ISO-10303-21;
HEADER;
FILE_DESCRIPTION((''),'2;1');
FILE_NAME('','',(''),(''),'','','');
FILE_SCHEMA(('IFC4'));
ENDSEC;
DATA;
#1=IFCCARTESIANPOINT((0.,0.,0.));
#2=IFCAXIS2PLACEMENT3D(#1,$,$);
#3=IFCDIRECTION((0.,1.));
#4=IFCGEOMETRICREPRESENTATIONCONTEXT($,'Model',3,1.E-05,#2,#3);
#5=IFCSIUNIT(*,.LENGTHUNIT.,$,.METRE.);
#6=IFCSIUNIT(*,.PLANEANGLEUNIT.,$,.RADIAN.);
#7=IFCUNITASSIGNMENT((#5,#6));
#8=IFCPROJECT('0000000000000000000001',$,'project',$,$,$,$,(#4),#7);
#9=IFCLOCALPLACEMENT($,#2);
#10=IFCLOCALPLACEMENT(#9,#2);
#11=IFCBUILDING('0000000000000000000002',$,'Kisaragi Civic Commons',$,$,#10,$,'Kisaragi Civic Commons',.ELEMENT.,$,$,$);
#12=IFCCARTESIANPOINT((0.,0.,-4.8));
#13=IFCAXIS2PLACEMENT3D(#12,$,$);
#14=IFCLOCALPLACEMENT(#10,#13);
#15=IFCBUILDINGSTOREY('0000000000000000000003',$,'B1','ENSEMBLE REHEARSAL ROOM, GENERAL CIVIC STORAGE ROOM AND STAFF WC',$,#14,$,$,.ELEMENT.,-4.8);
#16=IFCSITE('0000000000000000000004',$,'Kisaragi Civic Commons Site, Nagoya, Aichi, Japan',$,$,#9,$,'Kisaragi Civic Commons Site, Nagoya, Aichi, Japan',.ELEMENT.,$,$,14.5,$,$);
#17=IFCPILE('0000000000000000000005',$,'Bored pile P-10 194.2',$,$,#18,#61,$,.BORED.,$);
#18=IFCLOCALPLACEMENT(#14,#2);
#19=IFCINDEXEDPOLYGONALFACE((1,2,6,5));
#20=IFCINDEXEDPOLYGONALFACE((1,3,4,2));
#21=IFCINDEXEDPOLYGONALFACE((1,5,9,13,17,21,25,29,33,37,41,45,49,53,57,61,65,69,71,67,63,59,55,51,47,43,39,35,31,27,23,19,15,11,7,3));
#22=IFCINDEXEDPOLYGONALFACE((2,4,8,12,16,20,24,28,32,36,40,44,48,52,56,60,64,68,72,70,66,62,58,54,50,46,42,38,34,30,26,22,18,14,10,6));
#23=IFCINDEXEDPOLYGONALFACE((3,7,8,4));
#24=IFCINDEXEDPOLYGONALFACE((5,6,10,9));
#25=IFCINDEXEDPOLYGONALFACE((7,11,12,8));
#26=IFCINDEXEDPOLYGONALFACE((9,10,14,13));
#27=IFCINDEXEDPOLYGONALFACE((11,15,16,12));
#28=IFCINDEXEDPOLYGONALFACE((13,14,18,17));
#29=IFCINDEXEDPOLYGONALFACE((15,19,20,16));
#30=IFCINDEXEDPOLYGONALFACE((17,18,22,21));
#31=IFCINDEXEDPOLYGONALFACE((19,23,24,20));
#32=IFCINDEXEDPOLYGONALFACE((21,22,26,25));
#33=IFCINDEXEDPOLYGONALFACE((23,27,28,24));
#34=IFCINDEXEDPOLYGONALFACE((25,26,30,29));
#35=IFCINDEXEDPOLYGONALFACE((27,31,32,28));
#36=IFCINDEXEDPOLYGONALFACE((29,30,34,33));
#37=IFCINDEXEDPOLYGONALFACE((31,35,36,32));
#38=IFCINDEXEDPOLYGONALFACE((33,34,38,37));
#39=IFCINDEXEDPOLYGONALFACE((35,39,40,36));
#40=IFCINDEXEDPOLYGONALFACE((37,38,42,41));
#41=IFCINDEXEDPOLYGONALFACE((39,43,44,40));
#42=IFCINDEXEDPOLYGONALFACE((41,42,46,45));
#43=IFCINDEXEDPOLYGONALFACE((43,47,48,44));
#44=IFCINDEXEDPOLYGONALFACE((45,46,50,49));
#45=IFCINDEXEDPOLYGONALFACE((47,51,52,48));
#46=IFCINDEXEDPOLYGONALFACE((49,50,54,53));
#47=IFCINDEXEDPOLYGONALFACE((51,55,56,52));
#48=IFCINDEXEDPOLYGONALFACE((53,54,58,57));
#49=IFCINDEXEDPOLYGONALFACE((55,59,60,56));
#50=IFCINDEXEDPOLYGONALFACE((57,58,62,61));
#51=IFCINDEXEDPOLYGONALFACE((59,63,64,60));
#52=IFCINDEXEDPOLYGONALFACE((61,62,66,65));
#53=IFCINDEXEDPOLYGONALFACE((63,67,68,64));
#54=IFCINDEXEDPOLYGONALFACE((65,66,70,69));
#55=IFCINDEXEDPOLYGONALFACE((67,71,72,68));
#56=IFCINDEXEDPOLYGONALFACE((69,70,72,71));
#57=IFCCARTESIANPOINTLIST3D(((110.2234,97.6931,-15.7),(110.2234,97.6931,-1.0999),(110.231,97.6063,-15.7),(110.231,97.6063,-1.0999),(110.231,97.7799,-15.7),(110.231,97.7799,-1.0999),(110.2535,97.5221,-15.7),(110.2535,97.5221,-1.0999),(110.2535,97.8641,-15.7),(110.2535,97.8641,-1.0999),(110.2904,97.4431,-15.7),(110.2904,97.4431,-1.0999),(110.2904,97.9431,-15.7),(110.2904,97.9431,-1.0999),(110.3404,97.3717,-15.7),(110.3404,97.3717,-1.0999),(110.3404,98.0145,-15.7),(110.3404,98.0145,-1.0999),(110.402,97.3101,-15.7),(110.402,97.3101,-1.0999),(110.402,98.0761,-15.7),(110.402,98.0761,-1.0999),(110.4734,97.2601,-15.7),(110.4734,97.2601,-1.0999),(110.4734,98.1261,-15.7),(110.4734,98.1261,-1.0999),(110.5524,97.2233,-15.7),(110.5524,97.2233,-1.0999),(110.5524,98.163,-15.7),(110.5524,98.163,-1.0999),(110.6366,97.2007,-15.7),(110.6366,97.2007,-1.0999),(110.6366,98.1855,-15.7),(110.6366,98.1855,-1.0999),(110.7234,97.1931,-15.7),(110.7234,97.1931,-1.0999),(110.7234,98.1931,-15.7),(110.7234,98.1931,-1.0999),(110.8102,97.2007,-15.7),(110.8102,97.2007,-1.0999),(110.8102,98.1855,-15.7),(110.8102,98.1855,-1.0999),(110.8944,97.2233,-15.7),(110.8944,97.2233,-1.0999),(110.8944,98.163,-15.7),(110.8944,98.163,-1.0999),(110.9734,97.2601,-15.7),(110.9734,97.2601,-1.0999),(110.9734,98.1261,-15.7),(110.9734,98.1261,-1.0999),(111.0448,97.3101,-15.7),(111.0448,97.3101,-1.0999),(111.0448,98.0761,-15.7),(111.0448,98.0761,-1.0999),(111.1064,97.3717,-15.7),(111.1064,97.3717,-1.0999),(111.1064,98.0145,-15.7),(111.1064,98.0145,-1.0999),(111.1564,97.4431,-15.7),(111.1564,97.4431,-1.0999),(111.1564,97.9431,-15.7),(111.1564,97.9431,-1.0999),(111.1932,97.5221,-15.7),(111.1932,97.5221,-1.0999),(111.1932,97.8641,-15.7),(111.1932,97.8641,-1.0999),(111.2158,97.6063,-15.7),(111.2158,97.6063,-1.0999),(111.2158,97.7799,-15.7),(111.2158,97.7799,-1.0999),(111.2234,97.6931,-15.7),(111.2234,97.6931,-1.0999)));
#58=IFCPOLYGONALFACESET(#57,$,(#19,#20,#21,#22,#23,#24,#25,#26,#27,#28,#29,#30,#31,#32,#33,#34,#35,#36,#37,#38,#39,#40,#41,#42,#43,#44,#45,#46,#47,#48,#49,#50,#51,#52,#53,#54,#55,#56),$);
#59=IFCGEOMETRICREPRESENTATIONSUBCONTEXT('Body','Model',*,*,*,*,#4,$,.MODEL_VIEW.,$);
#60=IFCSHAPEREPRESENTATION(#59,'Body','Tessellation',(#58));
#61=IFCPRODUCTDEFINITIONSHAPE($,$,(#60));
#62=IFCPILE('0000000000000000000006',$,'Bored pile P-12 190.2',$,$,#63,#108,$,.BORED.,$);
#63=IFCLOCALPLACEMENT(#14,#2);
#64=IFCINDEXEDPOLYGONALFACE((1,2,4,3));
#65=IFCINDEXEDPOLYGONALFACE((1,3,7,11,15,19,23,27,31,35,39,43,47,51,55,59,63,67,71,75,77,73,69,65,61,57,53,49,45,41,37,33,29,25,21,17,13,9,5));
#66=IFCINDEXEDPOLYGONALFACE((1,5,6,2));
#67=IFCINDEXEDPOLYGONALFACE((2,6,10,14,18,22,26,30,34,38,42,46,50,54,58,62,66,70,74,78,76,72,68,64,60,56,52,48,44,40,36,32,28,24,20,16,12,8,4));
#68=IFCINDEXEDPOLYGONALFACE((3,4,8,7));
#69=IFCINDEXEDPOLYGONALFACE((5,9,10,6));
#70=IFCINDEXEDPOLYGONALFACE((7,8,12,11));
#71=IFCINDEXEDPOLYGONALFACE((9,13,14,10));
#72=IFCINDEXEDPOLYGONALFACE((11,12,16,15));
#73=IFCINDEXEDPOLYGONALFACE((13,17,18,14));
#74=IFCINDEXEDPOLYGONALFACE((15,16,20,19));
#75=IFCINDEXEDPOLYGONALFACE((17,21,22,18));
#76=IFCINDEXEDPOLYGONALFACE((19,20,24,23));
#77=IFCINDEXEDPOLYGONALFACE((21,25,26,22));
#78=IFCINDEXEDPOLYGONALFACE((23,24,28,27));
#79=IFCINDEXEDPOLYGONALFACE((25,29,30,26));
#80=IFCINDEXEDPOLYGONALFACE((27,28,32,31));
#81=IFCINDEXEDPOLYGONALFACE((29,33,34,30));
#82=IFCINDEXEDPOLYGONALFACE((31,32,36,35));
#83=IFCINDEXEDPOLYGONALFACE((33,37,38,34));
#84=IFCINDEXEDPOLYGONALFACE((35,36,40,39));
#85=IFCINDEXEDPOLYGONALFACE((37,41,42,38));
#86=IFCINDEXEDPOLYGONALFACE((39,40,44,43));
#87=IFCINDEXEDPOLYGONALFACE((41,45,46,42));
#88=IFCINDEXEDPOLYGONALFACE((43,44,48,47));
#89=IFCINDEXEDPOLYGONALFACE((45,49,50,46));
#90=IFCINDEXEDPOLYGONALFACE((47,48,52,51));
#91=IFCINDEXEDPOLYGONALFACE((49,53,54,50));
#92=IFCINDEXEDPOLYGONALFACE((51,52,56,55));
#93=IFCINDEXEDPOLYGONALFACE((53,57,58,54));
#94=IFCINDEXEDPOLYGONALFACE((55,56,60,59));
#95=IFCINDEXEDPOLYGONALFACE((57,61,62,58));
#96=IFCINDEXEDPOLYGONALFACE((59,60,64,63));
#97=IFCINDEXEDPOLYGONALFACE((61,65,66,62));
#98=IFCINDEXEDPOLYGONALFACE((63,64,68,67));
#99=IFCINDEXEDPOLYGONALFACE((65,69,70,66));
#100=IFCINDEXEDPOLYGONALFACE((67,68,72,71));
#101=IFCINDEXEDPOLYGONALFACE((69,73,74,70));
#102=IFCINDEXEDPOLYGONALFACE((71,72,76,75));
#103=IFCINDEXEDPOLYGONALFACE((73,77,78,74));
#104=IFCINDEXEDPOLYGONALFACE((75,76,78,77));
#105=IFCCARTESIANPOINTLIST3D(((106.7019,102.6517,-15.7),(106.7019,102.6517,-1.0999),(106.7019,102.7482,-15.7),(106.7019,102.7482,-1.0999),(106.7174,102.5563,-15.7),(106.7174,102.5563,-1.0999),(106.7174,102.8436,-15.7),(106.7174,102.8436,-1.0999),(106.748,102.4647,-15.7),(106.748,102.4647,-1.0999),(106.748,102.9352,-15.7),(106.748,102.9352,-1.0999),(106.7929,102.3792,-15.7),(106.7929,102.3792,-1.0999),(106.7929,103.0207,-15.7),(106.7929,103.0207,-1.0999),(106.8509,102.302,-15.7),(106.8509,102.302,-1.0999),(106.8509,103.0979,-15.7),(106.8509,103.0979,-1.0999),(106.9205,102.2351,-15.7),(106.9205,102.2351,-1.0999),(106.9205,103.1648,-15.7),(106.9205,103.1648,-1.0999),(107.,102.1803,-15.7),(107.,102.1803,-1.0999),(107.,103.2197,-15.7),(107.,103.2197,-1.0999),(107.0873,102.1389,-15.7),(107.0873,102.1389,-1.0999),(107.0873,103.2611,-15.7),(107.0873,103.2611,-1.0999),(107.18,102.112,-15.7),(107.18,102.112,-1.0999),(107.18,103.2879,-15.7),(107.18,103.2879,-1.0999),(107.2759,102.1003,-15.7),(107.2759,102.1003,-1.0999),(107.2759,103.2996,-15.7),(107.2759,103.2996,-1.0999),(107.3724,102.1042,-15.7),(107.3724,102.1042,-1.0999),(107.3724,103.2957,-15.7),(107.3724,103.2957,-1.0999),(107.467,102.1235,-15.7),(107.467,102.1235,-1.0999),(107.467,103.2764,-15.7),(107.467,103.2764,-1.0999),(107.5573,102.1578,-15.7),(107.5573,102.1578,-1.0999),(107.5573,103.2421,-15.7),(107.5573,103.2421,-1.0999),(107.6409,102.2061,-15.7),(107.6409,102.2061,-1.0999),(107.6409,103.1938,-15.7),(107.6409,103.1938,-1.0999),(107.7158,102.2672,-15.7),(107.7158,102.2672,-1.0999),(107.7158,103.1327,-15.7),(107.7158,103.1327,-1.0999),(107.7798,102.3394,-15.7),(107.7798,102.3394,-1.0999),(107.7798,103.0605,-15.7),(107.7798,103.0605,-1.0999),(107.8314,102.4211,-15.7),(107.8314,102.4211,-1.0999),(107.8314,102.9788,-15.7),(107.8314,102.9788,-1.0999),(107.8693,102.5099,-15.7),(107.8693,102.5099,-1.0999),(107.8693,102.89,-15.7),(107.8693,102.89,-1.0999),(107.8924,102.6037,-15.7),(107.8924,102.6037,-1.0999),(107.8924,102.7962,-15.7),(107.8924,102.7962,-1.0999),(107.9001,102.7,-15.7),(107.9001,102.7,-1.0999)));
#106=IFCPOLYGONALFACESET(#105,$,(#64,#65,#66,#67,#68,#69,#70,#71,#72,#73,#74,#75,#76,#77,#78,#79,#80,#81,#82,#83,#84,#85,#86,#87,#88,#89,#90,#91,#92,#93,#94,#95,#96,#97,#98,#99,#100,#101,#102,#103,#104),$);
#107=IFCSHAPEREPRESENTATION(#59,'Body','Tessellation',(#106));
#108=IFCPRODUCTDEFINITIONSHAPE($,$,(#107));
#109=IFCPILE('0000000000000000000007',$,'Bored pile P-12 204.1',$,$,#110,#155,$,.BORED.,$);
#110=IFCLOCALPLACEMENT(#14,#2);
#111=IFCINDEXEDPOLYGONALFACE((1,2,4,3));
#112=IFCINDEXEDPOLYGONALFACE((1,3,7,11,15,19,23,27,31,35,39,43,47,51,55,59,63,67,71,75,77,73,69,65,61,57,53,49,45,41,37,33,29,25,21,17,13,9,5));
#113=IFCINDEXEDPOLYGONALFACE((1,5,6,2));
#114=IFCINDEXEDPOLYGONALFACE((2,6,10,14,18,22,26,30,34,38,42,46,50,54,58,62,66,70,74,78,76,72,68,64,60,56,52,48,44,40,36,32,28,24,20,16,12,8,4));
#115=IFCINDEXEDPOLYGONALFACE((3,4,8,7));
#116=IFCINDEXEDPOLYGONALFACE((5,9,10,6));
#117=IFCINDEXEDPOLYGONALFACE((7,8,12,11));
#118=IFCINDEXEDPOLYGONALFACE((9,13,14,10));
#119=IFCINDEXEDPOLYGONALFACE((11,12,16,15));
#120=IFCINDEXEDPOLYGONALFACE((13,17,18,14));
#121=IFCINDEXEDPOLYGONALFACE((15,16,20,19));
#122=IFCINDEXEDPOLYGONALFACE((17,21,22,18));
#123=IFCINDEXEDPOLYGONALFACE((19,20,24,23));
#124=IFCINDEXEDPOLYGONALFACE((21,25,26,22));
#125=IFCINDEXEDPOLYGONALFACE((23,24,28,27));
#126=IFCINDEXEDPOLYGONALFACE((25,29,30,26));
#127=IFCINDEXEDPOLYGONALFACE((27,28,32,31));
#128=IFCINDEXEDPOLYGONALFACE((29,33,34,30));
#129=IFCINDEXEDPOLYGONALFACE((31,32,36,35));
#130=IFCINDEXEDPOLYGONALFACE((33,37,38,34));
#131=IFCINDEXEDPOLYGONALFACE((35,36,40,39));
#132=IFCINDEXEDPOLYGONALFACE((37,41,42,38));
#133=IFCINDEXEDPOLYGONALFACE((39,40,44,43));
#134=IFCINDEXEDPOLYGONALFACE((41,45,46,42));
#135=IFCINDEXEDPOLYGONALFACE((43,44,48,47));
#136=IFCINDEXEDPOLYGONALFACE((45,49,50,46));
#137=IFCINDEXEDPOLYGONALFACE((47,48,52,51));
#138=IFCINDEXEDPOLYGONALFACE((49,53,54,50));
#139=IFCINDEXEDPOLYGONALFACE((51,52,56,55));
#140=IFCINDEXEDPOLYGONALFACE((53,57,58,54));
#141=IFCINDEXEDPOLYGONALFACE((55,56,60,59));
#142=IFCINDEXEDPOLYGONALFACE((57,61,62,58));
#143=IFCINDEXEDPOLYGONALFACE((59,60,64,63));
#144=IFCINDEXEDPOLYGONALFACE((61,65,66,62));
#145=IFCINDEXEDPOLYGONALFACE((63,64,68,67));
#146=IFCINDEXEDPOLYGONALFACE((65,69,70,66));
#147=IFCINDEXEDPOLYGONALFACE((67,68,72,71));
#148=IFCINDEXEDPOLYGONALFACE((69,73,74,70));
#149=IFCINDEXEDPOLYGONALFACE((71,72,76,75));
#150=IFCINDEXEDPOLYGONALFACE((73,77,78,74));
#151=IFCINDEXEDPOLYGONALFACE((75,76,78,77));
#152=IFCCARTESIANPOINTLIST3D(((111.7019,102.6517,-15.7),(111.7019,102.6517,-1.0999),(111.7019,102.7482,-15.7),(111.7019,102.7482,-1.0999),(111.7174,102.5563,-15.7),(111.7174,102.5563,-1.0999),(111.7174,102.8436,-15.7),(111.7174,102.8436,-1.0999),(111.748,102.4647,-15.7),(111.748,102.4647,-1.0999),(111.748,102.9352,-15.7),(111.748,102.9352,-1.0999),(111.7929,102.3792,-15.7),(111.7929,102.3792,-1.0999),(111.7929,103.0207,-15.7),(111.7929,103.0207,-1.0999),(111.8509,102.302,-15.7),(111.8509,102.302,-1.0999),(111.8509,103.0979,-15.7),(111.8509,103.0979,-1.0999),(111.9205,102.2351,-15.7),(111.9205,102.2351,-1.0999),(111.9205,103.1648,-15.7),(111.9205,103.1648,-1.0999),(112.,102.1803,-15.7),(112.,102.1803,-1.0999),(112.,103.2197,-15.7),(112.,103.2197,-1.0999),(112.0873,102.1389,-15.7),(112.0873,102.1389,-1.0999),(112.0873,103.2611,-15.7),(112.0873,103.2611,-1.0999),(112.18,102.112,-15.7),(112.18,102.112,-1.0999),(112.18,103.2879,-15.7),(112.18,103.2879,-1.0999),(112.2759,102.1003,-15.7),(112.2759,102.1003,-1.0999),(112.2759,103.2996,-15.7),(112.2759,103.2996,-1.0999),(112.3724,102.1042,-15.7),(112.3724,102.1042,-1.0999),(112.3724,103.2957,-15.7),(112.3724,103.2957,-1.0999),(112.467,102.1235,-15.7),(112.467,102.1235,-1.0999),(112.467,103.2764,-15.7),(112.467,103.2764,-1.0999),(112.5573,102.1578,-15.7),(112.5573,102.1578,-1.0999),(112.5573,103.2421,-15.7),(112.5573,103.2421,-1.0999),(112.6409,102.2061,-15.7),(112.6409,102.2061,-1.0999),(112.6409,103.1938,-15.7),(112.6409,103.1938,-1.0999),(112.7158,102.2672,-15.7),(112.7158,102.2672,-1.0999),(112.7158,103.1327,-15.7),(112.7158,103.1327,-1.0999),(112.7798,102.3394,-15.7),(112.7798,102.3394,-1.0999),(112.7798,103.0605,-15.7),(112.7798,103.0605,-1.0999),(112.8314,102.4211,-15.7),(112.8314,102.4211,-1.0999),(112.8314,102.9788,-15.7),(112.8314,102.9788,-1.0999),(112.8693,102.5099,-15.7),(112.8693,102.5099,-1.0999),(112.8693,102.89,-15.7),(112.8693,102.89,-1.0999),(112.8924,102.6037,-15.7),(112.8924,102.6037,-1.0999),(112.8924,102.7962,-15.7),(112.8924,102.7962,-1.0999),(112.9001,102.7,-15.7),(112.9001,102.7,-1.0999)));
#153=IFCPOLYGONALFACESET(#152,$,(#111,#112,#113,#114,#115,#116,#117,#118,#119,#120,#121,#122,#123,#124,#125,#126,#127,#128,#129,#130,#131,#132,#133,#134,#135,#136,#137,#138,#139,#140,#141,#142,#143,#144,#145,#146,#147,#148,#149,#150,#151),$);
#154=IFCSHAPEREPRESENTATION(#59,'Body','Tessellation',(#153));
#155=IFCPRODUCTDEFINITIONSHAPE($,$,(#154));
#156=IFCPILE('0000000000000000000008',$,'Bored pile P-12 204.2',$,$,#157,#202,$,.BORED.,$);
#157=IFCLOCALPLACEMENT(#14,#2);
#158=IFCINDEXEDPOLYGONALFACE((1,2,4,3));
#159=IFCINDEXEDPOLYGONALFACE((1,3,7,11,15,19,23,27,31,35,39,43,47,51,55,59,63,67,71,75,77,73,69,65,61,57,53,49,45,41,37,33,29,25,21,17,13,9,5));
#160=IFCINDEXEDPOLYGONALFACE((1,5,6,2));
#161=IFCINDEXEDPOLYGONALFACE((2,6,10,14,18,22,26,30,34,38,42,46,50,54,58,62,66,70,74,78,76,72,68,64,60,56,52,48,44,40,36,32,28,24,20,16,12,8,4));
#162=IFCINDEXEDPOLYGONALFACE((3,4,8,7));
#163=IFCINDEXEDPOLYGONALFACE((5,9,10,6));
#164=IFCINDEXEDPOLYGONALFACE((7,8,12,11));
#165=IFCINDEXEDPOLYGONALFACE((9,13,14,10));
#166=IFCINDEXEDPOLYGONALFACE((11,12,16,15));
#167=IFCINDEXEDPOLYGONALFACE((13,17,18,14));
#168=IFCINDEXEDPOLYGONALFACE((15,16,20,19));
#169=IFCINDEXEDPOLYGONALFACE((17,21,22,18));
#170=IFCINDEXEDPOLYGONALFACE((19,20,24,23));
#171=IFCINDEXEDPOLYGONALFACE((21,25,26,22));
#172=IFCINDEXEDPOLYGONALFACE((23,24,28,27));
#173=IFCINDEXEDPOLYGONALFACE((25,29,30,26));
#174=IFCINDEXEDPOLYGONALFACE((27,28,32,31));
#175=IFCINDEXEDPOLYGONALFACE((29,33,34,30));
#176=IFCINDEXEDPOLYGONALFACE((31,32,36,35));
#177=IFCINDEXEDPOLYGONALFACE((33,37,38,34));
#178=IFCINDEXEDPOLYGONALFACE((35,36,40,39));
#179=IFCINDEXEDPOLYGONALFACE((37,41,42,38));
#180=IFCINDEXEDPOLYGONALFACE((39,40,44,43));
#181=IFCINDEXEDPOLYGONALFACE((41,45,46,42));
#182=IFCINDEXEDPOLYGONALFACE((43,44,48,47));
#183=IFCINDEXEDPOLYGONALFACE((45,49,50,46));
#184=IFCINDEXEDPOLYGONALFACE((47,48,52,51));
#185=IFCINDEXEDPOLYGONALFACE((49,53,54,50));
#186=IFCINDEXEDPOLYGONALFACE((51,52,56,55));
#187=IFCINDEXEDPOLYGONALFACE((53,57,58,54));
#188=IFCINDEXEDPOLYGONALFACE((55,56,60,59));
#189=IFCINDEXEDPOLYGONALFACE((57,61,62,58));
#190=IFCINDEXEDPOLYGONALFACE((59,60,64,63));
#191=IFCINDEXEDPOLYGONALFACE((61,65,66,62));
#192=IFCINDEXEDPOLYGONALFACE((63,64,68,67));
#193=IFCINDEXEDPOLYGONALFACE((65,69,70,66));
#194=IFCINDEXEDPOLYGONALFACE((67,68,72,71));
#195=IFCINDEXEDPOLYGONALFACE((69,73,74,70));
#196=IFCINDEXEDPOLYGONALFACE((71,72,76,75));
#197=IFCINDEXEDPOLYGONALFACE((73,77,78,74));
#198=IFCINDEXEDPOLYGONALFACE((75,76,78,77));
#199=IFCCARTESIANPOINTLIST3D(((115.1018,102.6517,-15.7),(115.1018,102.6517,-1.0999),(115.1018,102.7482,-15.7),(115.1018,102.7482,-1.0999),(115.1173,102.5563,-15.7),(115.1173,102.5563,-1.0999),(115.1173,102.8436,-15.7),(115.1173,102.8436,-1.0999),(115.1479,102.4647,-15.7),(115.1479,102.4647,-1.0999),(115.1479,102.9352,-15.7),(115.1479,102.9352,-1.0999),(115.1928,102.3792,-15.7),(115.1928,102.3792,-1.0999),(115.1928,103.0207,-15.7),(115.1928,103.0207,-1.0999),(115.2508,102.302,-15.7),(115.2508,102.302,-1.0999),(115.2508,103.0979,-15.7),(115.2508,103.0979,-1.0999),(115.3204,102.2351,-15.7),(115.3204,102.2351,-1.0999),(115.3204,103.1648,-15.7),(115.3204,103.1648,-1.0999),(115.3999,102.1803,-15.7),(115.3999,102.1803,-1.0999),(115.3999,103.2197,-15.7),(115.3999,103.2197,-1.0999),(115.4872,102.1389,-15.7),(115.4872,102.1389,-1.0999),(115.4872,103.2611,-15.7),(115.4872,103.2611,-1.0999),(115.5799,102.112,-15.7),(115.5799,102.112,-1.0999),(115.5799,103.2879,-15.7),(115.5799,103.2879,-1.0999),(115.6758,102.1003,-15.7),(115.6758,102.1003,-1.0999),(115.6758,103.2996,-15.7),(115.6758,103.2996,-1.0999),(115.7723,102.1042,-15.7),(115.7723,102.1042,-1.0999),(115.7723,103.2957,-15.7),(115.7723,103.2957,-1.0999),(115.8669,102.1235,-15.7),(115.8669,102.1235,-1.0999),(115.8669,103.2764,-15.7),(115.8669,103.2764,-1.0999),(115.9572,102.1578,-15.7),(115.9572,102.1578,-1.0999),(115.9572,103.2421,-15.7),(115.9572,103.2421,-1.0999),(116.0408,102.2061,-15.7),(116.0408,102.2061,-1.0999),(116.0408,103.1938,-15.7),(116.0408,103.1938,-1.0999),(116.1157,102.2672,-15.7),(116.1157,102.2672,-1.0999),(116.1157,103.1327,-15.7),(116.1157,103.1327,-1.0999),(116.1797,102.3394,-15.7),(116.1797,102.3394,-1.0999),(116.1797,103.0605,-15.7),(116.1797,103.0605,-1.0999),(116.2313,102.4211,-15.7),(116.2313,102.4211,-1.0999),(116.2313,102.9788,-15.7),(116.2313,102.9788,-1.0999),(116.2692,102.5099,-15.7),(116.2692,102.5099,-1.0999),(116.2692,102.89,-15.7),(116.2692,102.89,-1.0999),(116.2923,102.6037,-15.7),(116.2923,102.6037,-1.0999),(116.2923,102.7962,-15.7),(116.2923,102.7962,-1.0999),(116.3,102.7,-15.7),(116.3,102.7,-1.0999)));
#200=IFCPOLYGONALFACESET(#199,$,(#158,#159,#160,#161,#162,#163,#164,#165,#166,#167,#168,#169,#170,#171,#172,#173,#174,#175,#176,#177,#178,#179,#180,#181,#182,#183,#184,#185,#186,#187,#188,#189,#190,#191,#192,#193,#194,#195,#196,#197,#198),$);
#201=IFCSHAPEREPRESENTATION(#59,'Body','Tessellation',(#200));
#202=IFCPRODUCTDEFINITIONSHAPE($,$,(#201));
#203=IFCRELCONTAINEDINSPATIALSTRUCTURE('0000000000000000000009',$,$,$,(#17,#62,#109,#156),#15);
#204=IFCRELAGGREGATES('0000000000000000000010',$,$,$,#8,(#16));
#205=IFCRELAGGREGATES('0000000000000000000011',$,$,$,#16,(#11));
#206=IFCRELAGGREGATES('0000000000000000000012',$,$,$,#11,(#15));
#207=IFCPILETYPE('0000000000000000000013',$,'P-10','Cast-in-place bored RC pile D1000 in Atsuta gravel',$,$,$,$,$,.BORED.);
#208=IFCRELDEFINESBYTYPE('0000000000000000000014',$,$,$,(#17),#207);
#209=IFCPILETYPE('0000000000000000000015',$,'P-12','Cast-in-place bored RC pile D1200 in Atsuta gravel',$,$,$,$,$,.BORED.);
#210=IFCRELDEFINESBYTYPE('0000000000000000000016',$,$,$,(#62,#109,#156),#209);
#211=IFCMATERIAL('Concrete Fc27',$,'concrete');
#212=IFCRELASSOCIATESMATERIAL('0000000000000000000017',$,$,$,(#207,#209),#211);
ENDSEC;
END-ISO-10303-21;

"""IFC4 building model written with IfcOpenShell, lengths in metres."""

from ifc_helpers import new_model, si_unit, direction, frame, origin, origin_2d, place, context, subcontext, project, spatial, circle, extrude, material, material_profile, profile_set, type_object, element, save


model = new_model("IFC4")

# Units and contexts
model_context = context("Model", 3, precision=1e-05, world=origin(), true_north=direction((0.0, 1.0)))
body_context = subcontext(model_context, "Body", "Model", "MODEL_VIEW")
ifc_project = project(units=[si_unit("LENGTHUNIT", "METRE"), si_unit("PLANEANGLEUNIT", "RADIAN")], contexts=[model_context])

# Site, building, storey
site_placement = place(None, origin())
site = spatial("IfcSite", under=ifc_project, at=site_placement, Name="Kisaragi Civic Commons Site, Nagoya, Aichi, Japan", LongName="Kisaragi Civic Commons Site, Nagoya, Aichi, Japan", CompositionType="ELEMENT", RefElevation=14.5)
building_placement = place(site_placement, origin())
building = spatial("IfcBuilding", under=site, at=building_placement, Name="Kisaragi Civic Commons", LongName="Kisaragi Civic Commons", CompositionType="ELEMENT")
storey_placement = place(building_placement, frame((0.0, 0.0, -4.8)))
storey = spatial("IfcBuildingStorey", under=building, at=storey_placement, Name="B1", Description="ENSEMBLE REHEARSAL ROOM, GENERAL CIVIC STORAGE ROOM AND STAFF WC", CompositionType="ELEMENT", Elevation=-4.8)

# Shared definitions
ifc_material_1 = material(Name="Concrete Fc27", Category="concrete")

# Piles
ifc_material_profile_1 = material_profile(ifc_material_1, circle(Radius=0.5, at=origin_2d()), Name="PILE-D1000", Category="concrete")
ifc_profile_set_1 = profile_set([ifc_material_profile_1], Name="Concrete Fc27")
pile_type_1 = type_object("IfcPileType", Name="P-10", Description="Cast-in-place bored RC pile D1000 in Atsuta gravel", PredefinedType="BORED", material=ifc_profile_set_1)
for number, where, z_axis, x_axis, name in (
    (1, (110.7234, 97.6931, -1.0999), (0.0, 0.0, -1.0), (1.0, 0.0, 0.0), "Bored pile P-10 194.2"),
):
    element("IfcPile", number, at=place(storey_placement, frame(where, z_axis=z_axis, x_axis=x_axis)), inside=storey, type_object=pile_type_1, Name=name, PredefinedType="BORED", context=body_context, shape_type="SweptSolid", body=[
        extrude(circle(Radius=0.5, at=origin_2d()), origin(), (0.0, 0.0, 1.0), 14.6001),
    ])
ifc_material_profile_2 = material_profile(ifc_material_1, circle(Radius=0.6001, at=origin_2d()), Name="PILE-D1200", Category="concrete")
ifc_profile_set_2 = profile_set([ifc_material_profile_2], Name="Concrete Fc27")
pile_type_2 = type_object("IfcPileType", Name="P-12", Description="Cast-in-place bored RC pile D1200 in Atsuta gravel", PredefinedType="BORED", material=ifc_profile_set_2)
for number, where, z_axis, x_axis, name in (
    (2, (107.3, 102.7, -1.0999), (0.0, 0.0, -1.0), (1.0, 0.0, 0.0), "Bored pile P-12 190.2"),
    (3, (112.3, 102.7, -1.0999), (0.0, 0.0, -1.0), (1.0, 0.0, 0.0), "Bored pile P-12 204.1"),
    (4, (115.7, 102.7, -1.0999), (0.0, 0.0, -1.0), (1.0, 0.0, 0.0), "Bored pile P-12 204.2"),
):
    element("IfcPile", number, at=place(storey_placement, frame(where, z_axis=z_axis, x_axis=x_axis)), inside=storey, type_object=pile_type_2, Name=name, PredefinedType="BORED", context=body_context, shape_type="SweptSolid", body=[
        extrude(circle(Radius=0.6001, at=origin_2d()), origin(), (0.0, 0.0, 1.0), 14.6001),
    ])

save(model, "model.ifc")
